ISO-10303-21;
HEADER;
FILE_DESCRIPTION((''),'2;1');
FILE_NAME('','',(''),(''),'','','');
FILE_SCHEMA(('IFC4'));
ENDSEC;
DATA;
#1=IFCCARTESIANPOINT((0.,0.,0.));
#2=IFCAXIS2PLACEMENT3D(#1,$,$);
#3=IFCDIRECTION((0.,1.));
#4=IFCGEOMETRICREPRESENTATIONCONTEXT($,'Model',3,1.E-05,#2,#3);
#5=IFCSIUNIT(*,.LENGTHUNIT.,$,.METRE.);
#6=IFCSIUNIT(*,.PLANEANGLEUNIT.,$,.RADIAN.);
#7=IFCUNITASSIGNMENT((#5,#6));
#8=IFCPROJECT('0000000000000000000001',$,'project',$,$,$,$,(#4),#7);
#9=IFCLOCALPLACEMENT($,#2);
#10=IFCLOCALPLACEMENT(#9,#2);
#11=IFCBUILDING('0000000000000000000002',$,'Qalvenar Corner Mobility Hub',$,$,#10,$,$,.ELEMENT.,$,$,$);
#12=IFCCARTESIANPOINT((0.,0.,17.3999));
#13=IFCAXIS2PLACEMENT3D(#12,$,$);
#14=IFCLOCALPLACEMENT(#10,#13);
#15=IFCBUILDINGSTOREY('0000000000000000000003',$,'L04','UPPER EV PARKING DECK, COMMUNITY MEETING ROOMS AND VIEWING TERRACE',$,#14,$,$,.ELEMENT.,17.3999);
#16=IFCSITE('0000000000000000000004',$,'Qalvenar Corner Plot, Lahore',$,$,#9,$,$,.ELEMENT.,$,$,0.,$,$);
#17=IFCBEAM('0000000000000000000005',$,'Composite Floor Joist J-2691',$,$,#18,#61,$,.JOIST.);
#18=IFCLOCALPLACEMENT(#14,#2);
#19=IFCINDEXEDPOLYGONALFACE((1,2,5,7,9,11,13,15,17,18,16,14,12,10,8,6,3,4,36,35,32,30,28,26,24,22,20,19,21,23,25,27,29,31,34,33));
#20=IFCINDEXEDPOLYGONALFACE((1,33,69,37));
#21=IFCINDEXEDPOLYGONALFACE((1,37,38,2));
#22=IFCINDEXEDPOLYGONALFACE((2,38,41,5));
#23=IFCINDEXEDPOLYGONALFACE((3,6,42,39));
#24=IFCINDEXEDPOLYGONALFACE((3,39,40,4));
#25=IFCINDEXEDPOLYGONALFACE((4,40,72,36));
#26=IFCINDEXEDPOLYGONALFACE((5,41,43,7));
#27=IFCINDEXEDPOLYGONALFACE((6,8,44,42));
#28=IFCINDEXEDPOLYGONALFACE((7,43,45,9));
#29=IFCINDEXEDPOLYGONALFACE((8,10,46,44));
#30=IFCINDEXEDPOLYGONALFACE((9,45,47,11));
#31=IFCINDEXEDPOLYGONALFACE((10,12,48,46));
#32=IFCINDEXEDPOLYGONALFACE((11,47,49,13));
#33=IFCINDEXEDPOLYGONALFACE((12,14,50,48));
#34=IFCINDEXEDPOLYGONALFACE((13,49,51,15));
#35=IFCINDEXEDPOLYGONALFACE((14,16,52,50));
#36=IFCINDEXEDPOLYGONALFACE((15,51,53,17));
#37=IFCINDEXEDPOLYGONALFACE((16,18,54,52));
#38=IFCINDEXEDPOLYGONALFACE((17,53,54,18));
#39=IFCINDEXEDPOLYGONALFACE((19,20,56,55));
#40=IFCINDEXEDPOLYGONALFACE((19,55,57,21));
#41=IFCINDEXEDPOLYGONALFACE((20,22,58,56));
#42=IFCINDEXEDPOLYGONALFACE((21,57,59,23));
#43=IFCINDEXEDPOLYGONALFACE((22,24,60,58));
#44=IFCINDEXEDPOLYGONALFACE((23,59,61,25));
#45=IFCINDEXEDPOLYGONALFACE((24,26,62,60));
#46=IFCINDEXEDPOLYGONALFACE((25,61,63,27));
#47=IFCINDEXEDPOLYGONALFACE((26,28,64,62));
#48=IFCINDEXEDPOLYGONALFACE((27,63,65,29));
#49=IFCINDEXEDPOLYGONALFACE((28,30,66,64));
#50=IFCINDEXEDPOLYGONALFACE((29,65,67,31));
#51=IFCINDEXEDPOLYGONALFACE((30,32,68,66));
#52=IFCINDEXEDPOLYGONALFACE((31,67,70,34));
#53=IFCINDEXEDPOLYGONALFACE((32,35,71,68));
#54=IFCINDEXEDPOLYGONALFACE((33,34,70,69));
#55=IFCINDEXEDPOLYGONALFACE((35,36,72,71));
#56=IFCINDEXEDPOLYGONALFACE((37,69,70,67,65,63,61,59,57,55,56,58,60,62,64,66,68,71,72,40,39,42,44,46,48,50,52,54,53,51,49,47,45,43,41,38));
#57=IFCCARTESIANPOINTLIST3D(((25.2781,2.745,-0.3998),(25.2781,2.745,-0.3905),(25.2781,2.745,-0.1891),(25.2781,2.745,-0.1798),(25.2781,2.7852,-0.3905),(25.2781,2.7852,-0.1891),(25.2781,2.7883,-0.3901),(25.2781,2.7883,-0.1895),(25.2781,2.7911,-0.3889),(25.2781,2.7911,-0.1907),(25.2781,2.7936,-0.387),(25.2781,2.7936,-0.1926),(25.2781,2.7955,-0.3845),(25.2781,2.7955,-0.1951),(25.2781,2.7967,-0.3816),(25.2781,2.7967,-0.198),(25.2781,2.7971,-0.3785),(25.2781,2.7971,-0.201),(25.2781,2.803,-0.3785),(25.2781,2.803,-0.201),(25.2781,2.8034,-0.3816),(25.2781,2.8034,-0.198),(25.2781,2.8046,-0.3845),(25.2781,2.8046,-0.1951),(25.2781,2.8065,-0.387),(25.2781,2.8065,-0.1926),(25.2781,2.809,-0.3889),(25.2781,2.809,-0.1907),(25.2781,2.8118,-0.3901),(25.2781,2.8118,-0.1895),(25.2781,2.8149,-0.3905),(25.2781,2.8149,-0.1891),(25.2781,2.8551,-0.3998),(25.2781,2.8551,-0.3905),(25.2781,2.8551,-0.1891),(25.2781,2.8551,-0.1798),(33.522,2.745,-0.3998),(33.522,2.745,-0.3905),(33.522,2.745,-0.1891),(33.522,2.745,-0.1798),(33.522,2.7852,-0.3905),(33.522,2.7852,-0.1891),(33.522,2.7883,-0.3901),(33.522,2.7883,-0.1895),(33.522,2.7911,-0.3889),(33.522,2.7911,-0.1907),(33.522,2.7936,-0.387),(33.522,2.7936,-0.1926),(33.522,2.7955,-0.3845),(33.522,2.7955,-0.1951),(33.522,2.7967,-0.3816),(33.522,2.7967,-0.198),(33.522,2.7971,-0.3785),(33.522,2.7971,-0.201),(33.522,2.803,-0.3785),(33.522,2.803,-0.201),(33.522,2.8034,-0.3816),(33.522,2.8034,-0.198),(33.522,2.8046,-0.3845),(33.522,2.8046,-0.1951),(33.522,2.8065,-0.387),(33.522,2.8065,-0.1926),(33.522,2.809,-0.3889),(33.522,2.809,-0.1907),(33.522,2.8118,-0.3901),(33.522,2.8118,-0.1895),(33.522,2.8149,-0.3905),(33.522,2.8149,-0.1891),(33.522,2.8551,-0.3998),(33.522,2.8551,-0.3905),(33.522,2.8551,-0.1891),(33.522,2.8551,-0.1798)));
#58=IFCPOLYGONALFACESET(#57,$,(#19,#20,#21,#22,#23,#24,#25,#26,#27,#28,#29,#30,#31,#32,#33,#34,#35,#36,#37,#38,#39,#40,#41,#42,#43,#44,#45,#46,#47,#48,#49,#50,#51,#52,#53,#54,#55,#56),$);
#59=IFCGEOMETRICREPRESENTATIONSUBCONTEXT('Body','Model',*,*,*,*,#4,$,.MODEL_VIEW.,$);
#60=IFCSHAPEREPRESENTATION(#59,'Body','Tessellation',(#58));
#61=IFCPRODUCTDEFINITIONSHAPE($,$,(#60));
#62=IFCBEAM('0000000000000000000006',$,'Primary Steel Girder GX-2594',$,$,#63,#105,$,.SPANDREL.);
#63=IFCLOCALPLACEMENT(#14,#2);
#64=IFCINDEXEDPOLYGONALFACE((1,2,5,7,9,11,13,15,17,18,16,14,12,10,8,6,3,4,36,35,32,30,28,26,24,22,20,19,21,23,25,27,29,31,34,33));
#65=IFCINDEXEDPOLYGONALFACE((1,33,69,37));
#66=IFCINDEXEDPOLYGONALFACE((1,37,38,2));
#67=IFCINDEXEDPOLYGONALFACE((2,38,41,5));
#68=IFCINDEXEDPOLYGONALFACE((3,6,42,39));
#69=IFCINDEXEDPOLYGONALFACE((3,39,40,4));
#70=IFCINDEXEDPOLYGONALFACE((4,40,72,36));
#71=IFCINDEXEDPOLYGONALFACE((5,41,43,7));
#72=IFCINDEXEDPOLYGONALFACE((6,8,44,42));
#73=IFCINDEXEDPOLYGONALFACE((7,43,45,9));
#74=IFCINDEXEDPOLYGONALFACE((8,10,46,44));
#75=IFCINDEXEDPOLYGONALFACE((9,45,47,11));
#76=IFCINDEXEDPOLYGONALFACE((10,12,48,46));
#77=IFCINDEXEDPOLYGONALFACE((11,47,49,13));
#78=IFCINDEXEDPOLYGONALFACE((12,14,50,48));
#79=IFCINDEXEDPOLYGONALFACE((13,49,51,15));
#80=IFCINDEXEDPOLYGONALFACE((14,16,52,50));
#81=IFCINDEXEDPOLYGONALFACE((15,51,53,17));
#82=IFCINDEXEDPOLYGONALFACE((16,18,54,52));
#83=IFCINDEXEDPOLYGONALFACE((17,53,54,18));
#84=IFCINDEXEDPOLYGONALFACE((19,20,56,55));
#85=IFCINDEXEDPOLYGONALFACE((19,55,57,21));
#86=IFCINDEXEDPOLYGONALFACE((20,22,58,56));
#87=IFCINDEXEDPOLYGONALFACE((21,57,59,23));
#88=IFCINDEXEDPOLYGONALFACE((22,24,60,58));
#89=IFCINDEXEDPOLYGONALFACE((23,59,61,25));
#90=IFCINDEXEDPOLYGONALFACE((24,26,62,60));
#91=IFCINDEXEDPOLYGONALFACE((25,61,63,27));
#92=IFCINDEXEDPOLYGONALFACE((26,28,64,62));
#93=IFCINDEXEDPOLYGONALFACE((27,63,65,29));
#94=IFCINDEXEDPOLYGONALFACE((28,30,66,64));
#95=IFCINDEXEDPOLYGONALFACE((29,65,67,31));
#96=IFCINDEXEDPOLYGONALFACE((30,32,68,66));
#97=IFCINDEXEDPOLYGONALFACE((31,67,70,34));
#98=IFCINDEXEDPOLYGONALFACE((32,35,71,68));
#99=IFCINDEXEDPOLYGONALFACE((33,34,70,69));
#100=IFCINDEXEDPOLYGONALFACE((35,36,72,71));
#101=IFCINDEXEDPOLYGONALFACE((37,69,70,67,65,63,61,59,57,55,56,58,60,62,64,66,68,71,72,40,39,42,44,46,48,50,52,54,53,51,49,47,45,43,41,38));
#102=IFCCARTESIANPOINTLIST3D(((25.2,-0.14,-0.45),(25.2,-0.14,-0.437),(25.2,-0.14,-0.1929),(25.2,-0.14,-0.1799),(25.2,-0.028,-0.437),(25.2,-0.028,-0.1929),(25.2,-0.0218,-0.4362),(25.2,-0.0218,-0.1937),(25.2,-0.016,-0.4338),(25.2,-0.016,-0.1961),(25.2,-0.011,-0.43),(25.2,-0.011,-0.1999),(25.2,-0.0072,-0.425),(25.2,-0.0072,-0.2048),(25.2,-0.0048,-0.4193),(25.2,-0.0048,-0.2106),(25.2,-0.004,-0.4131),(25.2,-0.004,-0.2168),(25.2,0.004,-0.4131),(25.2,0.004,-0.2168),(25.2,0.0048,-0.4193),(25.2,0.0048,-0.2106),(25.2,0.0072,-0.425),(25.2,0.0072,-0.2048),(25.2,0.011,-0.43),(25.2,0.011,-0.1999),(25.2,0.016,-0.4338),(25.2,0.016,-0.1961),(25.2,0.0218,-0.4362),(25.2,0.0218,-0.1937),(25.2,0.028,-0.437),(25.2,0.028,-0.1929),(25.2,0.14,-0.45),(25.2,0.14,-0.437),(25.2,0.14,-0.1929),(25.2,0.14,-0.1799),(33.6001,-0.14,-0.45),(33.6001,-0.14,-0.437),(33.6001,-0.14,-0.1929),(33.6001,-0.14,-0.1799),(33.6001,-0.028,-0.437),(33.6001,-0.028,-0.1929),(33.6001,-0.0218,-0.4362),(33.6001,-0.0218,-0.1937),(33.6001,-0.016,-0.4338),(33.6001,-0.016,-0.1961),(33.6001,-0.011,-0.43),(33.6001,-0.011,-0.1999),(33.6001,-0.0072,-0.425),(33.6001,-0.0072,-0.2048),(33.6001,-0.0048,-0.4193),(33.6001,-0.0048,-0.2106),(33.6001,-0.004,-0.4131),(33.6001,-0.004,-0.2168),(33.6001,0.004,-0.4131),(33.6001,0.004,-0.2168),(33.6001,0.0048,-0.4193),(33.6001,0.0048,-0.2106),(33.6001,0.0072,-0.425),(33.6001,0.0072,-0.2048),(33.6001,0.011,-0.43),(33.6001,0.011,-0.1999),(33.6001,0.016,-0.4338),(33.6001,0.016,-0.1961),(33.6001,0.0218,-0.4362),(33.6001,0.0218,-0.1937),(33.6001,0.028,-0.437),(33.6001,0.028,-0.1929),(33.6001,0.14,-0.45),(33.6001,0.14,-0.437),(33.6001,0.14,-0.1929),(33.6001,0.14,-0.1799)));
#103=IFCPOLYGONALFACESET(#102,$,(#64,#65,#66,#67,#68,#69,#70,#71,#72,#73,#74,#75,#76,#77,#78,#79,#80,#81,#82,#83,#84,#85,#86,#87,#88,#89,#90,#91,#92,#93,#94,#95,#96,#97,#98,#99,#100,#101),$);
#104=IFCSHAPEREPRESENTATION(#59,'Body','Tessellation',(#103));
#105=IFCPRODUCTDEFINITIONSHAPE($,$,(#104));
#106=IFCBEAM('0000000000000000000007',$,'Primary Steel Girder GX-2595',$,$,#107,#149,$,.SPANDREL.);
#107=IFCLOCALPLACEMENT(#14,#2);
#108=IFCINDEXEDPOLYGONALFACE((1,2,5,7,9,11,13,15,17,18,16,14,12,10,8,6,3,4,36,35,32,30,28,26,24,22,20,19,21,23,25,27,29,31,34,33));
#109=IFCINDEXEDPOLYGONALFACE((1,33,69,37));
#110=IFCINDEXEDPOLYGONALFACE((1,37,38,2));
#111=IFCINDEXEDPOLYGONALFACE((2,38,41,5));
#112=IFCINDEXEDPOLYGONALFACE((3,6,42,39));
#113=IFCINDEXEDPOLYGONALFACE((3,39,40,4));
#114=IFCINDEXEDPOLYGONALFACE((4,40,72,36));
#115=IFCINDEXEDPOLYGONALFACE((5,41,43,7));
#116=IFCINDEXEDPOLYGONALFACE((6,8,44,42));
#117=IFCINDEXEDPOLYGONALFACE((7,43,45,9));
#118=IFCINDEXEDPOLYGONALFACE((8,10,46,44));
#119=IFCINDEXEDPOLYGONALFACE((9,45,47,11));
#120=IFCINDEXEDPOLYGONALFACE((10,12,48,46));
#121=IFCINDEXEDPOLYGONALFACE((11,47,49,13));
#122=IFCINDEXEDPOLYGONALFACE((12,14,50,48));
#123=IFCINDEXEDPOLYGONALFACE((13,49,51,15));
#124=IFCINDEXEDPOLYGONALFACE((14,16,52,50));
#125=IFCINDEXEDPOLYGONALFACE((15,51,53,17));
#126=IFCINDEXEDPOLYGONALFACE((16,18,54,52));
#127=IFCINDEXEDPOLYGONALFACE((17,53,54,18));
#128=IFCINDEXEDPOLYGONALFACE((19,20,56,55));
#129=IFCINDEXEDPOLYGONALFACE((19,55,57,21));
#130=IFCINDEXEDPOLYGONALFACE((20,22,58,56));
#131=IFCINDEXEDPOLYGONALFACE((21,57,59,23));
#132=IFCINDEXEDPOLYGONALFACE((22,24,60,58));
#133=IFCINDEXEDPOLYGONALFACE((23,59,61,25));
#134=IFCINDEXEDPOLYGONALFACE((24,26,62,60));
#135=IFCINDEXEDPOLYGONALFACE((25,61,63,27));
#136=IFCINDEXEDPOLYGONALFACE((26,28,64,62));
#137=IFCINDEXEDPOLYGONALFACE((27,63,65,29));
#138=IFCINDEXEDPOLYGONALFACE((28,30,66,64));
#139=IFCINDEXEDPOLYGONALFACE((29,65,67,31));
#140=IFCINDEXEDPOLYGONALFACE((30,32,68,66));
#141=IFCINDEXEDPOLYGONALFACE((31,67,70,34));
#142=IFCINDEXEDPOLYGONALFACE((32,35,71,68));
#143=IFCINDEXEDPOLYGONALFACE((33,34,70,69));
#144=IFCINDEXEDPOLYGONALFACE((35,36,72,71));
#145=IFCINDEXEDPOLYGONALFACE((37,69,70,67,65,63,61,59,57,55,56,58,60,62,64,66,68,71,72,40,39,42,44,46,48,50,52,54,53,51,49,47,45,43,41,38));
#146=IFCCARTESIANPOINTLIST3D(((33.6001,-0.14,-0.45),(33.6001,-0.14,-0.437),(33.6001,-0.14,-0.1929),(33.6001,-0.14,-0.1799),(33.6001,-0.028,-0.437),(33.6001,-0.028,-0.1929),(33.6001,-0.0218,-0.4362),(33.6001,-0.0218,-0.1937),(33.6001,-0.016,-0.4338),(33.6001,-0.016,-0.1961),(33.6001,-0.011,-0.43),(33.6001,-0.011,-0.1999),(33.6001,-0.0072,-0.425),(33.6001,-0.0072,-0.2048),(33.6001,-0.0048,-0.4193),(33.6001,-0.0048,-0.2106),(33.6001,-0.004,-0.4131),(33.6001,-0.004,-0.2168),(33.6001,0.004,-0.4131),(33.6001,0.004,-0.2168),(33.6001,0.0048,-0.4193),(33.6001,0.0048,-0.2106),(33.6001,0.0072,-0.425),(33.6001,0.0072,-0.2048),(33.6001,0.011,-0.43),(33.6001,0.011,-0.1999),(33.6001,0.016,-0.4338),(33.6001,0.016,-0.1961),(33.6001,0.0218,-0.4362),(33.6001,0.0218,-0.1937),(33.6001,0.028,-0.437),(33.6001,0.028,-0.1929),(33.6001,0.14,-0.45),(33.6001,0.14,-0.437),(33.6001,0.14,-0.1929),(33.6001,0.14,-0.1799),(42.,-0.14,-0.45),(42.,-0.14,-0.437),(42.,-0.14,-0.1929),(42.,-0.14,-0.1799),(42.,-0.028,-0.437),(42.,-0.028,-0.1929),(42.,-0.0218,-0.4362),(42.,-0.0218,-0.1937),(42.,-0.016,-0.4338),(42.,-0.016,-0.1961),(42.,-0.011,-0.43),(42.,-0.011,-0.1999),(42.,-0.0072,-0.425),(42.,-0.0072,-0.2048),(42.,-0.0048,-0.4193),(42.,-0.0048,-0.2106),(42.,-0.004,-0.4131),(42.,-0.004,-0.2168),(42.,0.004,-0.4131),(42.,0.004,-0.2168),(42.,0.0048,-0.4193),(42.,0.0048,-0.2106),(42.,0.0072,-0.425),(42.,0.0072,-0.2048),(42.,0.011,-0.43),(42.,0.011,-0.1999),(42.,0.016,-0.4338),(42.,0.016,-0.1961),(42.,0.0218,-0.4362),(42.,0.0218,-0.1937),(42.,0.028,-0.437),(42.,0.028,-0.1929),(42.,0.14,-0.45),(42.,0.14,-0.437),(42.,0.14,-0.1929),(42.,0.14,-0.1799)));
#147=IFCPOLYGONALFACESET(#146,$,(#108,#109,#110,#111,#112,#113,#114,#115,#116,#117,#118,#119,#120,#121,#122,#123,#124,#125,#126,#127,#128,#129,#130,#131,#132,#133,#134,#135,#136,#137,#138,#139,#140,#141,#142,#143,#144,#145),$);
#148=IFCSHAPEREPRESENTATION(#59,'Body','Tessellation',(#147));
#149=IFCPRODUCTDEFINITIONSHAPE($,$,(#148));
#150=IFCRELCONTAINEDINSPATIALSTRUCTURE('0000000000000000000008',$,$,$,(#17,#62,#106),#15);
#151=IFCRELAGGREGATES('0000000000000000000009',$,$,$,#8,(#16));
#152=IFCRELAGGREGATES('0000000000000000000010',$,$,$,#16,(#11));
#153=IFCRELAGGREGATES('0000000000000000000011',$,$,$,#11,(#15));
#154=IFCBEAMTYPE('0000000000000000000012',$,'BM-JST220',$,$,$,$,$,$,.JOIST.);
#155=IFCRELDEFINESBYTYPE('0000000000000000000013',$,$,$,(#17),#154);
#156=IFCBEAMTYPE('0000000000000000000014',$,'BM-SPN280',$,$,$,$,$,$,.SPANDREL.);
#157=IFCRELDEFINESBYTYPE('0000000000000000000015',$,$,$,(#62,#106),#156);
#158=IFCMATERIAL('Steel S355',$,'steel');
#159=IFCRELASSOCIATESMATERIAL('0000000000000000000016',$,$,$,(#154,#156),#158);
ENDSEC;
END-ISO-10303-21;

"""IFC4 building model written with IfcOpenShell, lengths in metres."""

from ifc_helpers import new_model, si_unit, direction, frame, origin, origin_2d, place, context, subcontext, project, spatial, i_section, extrude, material, material_profile, profile_set, type_object, element, save


model = new_model("IFC4")

# Units and contexts
model_context = context("Model", 3, precision=1e-05, world=origin(), true_north=direction((0.0, 1.0)))
body_context = subcontext(model_context, "Body", "Model", "MODEL_VIEW")
ifc_project = project(units=[si_unit("LENGTHUNIT", "METRE"), si_unit("PLANEANGLEUNIT", "RADIAN")], contexts=[model_context])

# Site, building, storey
site_placement = place(None, origin())
site = spatial("IfcSite", under=ifc_project, at=site_placement, Name="Qalvenar Corner Plot, Lahore", CompositionType="ELEMENT", RefElevation=0.0)
building_placement = place(site_placement, origin())
building = spatial("IfcBuilding", under=site, at=building_placement, Name="Qalvenar Corner Mobility Hub", CompositionType="ELEMENT")
storey_placement = place(building_placement, frame((0.0, 0.0, 17.3999)))
storey = spatial("IfcBuildingStorey", under=building, at=storey_placement, Name="L04", Description="UPPER EV PARKING DECK, COMMUNITY MEETING ROOMS AND VIEWING TERRACE", CompositionType="ELEMENT", Elevation=17.3999)

# Shared definitions
ifc_material_1 = material(Name="Steel S355", Category="steel")

# Beams
ifc_material_profile_1 = material_profile(ifc_material_1, i_section(OverallWidth=0.1101, OverallDepth=0.22, WebThickness=0.0059, FlangeThickness=0.0093, FilletRadius=0.012, at=origin_2d()), Name="IPE220")
ifc_profile_set_1 = profile_set([ifc_material_profile_1], Name="Steel S355")
beam_type_1 = type_object("IfcBeamType", Name="BM-JST220", PredefinedType="JOIST", material=ifc_profile_set_1)
beam_1_placement = place(storey_placement, frame((25.2781, 2.8, -0.2898), z_axis=(1.0, 0.0, 0.0), x_axis=(0.0, 1.0, 0.0)))
element("IfcBeam", 1, at=beam_1_placement, inside=storey, type_object=beam_type_1, Name="Composite Floor Joist J-2691", PredefinedType="JOIST", context=body_context, shape_type="SweptSolid", body=[
    extrude(i_section(OverallWidth=0.1101, OverallDepth=0.22, WebThickness=0.0059, FlangeThickness=0.0093, FilletRadius=0.012, at=origin_2d()), origin(), (0.0, 0.0, 1.0), 8.2439),
])
ifc_material_profile_2 = material_profile(ifc_material_1, i_section(OverallWidth=0.28, OverallDepth=0.27, WebThickness=0.0081, FlangeThickness=0.0129, FilletRadius=0.0239, at=origin_2d()), Name="HEA280")
ifc_profile_set_2 = profile_set([ifc_material_profile_2], Name="Steel S355")
beam_type_2 = type_object("IfcBeamType", Name="BM-SPN280", PredefinedType="SPANDREL", material=ifc_profile_set_2)
beam_2_placement = place(storey_placement, frame((25.2, 0.0, -0.3149), z_axis=(1.0, 0.0, 0.0), x_axis=(0.0, 1.0, 0.0)))
element("IfcBeam", 2, at=beam_2_placement, inside=storey, type_object=beam_type_2, Name="Primary Steel Girder GX-2594", PredefinedType="SPANDREL", context=body_context, shape_type="SweptSolid", body=[
    extrude(i_section(OverallWidth=0.28, OverallDepth=0.27, WebThickness=0.0081, FlangeThickness=0.0129, FilletRadius=0.0239, at=origin_2d()), origin(), (0.0, 0.0, 1.0), 8.4001),
])
beam_3_placement = place(storey_placement, frame((33.6001, 0.0, -0.3149), z_axis=(1.0, 0.0, 0.0), x_axis=(0.0, 1.0, 0.0)))
element("IfcBeam", 3, at=beam_3_placement, inside=storey, type_object=beam_type_2, Name="Primary Steel Girder GX-2595", PredefinedType="SPANDREL", context=body_context, shape_type="SweptSolid", body=[
    extrude(i_section(OverallWidth=0.28, OverallDepth=0.27, WebThickness=0.0081, FlangeThickness=0.0129, FilletRadius=0.0239, at=origin_2d()), origin(), (0.0, 0.0, 1.0), 8.3999),
])

save(model, "model.ifc")
